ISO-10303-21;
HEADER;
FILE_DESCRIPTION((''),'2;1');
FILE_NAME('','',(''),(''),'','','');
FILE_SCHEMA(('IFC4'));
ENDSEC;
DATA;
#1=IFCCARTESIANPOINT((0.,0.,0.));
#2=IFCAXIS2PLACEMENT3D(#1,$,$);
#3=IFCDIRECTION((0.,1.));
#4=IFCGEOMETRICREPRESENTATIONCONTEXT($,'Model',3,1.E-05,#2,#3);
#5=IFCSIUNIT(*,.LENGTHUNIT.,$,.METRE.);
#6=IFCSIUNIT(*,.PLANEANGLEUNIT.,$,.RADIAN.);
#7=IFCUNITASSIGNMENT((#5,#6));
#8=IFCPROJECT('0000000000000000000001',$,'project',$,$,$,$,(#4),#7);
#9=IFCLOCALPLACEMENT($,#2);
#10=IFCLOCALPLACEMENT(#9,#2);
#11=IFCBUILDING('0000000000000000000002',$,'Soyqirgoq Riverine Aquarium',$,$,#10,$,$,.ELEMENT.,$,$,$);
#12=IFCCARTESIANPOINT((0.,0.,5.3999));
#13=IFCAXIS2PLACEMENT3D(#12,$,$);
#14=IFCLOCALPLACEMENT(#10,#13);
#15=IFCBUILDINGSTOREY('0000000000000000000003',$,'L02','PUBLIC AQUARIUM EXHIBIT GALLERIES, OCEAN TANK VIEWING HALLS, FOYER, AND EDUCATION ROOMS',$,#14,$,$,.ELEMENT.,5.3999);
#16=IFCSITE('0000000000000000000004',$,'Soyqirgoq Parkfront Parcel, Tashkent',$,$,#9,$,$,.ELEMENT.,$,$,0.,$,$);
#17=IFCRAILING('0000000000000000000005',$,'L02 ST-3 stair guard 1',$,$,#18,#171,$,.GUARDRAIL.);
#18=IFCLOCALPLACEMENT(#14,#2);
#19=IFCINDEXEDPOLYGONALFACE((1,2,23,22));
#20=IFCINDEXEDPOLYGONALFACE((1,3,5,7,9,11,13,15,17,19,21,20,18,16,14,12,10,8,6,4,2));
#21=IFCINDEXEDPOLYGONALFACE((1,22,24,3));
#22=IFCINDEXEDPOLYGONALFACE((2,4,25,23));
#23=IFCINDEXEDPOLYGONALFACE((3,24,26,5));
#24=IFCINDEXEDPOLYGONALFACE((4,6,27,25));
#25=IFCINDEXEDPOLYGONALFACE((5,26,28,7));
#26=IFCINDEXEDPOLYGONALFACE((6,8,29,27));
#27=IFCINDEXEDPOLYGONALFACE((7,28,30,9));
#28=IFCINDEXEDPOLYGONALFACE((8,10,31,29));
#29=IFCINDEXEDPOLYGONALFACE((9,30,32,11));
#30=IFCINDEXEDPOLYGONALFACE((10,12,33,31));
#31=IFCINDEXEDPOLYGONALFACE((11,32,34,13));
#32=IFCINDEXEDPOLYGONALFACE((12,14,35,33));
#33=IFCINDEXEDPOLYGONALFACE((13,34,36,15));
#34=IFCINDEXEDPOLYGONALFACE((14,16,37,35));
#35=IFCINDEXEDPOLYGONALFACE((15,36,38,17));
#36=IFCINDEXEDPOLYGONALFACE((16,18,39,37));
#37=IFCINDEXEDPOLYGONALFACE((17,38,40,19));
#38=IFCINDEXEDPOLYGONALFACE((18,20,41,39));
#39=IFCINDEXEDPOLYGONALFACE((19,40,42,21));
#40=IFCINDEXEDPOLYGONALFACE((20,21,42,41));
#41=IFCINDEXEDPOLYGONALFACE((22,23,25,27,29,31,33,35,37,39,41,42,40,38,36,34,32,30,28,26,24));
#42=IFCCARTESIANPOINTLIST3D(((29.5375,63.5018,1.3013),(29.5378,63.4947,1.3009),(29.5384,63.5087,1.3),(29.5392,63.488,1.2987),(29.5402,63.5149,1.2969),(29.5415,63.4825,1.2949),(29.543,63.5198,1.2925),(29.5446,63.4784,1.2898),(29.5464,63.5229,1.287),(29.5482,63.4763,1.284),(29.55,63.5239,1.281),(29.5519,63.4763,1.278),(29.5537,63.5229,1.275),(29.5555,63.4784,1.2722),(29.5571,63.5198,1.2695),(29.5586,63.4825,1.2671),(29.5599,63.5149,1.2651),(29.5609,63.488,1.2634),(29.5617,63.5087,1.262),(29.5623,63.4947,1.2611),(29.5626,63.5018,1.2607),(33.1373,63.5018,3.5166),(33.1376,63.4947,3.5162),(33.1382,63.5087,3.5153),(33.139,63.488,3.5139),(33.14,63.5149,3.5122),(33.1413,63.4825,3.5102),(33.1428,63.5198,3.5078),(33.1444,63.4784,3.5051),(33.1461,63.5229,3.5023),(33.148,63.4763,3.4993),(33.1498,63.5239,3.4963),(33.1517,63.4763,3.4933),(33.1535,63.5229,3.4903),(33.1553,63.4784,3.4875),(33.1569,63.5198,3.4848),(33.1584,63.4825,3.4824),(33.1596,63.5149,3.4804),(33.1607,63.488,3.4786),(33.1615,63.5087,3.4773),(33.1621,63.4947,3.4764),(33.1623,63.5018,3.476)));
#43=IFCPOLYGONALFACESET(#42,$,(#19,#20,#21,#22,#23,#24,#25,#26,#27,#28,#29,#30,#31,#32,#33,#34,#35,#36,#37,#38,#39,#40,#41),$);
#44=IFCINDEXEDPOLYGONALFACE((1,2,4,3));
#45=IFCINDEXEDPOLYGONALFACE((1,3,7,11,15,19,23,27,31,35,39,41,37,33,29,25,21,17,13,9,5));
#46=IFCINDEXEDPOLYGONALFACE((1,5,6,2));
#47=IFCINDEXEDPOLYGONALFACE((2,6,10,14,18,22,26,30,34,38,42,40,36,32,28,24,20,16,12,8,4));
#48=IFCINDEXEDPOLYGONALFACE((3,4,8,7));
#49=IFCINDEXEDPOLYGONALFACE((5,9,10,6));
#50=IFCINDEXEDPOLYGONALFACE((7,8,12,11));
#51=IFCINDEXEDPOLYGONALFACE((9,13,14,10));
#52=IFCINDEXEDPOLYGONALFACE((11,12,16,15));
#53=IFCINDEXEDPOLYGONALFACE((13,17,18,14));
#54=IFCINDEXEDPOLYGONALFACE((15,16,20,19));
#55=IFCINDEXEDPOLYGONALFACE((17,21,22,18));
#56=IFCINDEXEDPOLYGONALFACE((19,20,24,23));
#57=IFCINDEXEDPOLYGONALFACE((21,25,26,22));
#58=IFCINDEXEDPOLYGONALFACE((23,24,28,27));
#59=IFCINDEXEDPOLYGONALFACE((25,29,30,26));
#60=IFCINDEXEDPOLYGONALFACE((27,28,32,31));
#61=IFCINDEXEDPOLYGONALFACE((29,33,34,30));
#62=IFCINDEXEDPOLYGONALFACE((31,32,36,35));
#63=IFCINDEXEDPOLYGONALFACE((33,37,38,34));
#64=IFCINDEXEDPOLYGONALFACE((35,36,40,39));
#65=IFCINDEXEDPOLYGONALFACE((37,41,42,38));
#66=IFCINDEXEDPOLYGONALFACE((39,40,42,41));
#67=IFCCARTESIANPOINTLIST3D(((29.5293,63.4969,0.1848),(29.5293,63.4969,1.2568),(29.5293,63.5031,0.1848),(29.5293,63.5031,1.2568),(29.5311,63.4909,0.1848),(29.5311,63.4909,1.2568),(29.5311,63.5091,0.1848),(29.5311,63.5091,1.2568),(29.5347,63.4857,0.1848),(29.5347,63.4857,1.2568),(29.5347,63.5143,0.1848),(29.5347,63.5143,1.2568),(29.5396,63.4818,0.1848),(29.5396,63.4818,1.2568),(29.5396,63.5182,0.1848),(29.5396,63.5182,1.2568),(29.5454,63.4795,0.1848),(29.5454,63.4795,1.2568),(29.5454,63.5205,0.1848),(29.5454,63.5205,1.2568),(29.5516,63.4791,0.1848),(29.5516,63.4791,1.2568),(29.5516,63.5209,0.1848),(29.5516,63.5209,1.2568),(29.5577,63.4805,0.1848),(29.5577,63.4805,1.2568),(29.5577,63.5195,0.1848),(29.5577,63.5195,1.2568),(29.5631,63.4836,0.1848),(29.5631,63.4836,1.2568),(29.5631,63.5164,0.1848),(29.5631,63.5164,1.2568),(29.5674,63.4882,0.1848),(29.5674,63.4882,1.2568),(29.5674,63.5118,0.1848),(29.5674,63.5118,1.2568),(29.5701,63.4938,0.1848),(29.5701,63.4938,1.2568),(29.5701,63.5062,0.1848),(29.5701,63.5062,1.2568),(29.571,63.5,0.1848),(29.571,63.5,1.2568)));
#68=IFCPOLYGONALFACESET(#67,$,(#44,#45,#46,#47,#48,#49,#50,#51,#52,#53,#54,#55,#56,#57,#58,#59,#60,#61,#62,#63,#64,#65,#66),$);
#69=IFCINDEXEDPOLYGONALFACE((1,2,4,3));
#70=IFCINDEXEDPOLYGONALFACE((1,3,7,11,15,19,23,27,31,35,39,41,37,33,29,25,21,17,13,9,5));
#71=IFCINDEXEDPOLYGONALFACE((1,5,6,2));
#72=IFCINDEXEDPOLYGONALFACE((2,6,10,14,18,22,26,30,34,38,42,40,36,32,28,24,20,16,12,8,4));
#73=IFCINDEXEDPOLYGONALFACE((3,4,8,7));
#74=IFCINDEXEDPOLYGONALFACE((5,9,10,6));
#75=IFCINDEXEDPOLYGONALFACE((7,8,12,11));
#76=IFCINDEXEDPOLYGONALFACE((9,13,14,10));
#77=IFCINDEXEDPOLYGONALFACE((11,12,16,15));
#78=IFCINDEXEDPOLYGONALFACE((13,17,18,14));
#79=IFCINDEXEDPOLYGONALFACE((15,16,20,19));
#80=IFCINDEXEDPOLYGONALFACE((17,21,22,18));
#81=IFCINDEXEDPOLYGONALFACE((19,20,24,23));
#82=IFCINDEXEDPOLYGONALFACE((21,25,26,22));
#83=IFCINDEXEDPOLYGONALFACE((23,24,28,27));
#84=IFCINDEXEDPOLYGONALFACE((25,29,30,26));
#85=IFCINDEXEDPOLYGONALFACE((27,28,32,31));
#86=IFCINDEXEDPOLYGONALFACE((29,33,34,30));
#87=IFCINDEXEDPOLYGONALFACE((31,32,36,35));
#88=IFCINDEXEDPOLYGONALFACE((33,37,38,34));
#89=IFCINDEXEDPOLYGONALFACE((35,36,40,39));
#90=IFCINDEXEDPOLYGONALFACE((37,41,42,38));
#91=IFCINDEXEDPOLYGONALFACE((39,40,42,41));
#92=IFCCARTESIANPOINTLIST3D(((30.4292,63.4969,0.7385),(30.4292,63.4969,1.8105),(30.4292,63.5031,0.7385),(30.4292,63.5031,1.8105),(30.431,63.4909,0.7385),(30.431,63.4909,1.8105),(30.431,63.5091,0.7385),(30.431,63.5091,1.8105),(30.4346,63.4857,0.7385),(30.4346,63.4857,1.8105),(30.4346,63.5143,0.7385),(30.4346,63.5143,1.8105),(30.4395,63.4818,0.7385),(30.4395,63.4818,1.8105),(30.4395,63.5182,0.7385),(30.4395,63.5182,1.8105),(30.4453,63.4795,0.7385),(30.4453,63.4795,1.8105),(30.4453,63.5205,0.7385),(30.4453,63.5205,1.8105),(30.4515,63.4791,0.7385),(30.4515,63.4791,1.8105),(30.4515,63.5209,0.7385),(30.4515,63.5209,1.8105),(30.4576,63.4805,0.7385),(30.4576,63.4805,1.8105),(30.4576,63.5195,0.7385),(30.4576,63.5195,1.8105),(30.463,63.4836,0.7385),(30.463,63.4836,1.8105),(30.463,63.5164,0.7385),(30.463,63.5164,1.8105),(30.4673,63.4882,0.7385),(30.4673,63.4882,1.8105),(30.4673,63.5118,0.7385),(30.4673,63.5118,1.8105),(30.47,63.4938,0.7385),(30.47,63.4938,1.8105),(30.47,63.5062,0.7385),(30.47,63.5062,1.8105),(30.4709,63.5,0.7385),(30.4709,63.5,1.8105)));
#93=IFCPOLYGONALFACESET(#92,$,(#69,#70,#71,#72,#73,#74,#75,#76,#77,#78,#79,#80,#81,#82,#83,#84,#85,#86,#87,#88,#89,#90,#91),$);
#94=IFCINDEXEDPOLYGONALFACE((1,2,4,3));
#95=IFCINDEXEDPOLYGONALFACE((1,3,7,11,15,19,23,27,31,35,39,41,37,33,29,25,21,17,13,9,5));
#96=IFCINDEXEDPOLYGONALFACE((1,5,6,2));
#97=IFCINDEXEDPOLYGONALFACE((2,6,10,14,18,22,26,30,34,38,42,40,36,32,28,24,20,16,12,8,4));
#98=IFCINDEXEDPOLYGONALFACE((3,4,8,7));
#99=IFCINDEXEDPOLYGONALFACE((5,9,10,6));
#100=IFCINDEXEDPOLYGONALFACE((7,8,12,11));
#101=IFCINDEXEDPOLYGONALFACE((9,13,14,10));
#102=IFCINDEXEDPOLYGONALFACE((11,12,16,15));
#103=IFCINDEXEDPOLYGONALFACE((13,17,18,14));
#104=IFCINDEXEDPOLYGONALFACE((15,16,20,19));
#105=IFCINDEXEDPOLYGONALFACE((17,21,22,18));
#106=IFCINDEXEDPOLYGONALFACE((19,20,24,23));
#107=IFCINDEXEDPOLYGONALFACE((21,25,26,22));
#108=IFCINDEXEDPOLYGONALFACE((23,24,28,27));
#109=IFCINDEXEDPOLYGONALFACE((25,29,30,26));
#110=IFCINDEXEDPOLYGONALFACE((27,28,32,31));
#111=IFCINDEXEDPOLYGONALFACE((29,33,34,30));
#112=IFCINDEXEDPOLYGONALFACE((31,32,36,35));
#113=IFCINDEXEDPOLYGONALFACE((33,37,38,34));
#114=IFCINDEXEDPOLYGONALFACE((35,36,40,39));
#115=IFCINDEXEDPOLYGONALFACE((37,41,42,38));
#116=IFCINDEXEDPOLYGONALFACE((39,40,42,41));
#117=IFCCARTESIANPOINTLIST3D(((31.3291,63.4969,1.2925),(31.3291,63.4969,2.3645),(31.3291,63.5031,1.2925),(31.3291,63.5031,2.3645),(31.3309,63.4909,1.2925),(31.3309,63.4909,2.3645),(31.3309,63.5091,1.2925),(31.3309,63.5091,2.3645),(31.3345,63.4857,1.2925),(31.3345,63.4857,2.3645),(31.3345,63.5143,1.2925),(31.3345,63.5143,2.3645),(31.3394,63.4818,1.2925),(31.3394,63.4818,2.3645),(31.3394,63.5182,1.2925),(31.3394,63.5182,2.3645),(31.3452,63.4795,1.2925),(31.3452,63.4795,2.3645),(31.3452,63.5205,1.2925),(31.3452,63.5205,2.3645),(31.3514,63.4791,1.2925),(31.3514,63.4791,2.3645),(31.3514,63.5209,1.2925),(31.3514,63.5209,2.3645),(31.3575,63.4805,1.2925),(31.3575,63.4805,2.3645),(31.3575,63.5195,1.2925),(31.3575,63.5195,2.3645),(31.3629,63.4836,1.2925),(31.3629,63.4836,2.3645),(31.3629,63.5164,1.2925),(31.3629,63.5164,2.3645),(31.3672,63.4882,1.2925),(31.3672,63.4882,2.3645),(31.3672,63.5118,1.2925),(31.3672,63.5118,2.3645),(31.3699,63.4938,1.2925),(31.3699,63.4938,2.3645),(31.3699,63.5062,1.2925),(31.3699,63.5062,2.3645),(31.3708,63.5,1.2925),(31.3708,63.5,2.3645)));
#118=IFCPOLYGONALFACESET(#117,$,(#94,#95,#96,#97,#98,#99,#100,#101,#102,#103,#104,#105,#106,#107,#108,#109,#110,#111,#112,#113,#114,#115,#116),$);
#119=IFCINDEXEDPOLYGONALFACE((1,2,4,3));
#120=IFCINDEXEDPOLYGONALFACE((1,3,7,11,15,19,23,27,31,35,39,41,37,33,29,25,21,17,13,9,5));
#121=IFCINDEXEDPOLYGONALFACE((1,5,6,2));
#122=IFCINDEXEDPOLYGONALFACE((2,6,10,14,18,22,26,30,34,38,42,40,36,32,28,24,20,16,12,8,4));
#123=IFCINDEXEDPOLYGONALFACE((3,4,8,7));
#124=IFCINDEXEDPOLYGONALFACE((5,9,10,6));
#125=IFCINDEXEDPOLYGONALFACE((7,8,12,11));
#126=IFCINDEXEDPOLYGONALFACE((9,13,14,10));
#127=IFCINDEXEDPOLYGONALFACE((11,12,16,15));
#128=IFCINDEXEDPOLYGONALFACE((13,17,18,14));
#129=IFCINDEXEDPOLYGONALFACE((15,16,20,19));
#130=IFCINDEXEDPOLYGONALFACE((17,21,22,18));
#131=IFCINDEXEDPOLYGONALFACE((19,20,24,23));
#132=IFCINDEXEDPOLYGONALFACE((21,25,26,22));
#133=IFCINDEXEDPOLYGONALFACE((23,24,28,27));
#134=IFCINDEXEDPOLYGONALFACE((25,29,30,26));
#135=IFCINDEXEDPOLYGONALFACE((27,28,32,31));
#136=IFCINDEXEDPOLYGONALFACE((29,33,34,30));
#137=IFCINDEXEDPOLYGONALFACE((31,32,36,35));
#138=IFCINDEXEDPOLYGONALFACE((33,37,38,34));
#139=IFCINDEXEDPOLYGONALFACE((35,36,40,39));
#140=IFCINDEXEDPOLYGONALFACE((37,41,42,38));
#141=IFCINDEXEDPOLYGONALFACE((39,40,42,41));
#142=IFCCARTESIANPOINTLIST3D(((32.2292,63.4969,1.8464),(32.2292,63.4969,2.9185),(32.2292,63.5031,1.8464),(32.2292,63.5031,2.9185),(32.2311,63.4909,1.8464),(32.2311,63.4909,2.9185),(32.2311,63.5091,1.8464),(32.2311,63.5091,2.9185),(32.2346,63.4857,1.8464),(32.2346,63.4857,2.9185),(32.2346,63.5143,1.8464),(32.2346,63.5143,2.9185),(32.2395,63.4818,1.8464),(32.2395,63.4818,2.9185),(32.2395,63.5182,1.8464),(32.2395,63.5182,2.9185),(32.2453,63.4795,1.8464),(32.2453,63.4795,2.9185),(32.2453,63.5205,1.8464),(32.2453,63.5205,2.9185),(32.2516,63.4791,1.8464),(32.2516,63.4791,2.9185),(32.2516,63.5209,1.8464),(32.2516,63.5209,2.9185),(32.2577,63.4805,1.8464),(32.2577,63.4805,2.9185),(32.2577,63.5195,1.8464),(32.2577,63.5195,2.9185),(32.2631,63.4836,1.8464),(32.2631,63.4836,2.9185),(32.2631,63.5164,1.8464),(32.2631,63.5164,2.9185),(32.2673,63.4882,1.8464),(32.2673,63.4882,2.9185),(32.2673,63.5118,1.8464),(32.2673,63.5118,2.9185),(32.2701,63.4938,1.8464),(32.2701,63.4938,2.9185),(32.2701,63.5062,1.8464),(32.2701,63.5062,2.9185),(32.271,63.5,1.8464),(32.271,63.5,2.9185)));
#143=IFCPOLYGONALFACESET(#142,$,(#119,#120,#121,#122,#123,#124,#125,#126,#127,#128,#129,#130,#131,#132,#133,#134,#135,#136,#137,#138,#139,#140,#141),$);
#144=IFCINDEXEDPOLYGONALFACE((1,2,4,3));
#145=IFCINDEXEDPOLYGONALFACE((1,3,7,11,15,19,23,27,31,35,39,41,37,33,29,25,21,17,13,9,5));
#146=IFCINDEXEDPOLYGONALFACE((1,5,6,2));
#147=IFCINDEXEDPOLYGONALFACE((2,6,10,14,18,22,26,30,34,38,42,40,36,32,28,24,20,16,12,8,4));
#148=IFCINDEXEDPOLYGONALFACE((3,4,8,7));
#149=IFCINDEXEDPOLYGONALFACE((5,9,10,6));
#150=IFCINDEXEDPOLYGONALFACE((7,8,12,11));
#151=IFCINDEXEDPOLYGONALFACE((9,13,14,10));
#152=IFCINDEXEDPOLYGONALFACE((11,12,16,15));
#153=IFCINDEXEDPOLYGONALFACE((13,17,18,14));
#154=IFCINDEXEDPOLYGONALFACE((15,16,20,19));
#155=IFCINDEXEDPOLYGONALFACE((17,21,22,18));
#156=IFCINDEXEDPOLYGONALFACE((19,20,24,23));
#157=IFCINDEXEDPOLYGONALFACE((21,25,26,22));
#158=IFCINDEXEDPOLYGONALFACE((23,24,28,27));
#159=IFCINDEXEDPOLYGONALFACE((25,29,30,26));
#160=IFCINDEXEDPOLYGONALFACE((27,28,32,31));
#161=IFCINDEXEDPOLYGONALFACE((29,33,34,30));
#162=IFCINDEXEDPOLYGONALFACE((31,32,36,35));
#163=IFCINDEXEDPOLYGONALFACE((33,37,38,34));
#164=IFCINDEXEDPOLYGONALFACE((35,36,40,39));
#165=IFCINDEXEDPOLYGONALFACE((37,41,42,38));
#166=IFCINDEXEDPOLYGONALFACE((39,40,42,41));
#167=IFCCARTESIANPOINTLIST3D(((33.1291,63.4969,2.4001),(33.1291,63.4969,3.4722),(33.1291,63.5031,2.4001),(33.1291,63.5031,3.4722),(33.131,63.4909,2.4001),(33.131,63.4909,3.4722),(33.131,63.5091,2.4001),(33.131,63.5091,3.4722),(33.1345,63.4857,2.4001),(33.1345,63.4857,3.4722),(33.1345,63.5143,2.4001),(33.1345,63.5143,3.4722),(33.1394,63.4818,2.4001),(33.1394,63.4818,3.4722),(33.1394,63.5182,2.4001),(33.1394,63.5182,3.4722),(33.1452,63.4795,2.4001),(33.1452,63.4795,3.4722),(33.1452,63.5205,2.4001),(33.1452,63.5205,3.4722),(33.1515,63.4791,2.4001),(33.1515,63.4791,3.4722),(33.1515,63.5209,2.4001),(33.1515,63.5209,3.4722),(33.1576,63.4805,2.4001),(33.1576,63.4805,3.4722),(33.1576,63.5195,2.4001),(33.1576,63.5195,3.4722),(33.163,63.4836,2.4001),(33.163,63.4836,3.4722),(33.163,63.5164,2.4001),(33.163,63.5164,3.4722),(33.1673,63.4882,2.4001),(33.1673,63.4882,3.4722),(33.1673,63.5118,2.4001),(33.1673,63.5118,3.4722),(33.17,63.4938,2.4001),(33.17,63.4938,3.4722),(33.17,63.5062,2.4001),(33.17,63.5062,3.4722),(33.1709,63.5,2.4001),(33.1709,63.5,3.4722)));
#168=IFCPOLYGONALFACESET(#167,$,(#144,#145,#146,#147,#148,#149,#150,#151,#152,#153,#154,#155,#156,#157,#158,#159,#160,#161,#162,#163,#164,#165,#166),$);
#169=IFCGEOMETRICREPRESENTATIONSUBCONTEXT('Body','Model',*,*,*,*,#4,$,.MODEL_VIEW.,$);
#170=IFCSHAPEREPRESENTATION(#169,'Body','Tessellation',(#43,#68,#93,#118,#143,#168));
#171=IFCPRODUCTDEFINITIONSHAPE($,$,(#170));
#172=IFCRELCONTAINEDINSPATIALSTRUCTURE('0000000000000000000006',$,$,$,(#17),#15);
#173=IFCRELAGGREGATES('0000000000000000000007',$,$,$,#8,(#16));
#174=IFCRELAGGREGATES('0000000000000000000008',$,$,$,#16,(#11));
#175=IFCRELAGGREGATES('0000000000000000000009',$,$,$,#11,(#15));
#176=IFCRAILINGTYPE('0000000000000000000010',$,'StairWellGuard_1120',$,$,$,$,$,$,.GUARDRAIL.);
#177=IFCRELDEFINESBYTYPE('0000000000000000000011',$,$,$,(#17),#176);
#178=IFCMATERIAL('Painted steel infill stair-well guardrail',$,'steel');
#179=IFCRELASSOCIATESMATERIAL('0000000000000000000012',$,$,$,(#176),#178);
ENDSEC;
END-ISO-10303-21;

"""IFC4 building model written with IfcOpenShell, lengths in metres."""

from ifc_helpers import new_model, si_unit, direction, frame, origin, origin_2d, place, context, subcontext, project, spatial, circle, extrude, material, type_object, element, save


model = new_model("IFC4")

# Units and contexts
model_context = context("Model", 3, precision=1e-05, world=origin(), true_north=direction((0.0, 1.0)))
body_context = subcontext(model_context, "Body", "Model", "MODEL_VIEW")
ifc_project = project(units=[si_unit("LENGTHUNIT", "METRE"), si_unit("PLANEANGLEUNIT", "RADIAN")], contexts=[model_context])

# Site, building, storey
site_placement = place(None, origin())
site = spatial("IfcSite", under=ifc_project, at=site_placement, Name="Soyqirgoq Parkfront Parcel, Tashkent", CompositionType="ELEMENT", RefElevation=0.0)
building_placement = place(site_placement, origin())
building = spatial("IfcBuilding", under=site, at=building_placement, Name="Soyqirgoq Riverine Aquarium", CompositionType="ELEMENT")
storey_placement = place(building_placement, frame((0.0, 0.0, 5.3999)))
storey = spatial("IfcBuildingStorey", under=building, at=storey_placement, Name="L02", Description="PUBLIC AQUARIUM EXHIBIT GALLERIES, OCEAN TANK VIEWING HALLS, FOYER, AND EDUCATION ROOMS", CompositionType="ELEMENT", Elevation=5.3999)

# Railing
ifc_material_1 = material(Name="Painted steel infill stair-well guardrail", Category="steel")
railing_type_1 = type_object("IfcRailingType", Name="StairWellGuard_1120", PredefinedType="GUARDRAIL", material=ifc_material_1)
railing_1_placement = place(storey_placement, frame((29.55, 63.5, 0.1848)))
element("IfcRailing", 1, at=railing_1_placement, inside=storey, type_object=railing_type_1, Name="L02 ST-3 stair guard 1", PredefinedType="GUARDRAIL", context=body_context, shape_type="SweptSolid", body=[
    extrude(circle(Radius=0.0239, at=origin_2d()), frame((0.0, 0.0, 1.0962), z_axis=(0.851654, 0.0, 0.524104), x_axis=(0.0, 1.0, 0.0)), (0.0, 0.0, 1.0), 4.2268),
    extrude(circle(Radius=0.021, at=origin_2d()), origin(), (0.0, 0.0, 1.0), 1.072),
    extrude(circle(Radius=0.021, at=origin_2d()), frame((0.8999, 0.0, 0.5537)), (0.0, 0.0, 1.0), 1.072),
    extrude(circle(Radius=0.021, at=origin_2d()), frame((1.7998, 0.0, 1.1077)), (0.0, 0.0, 1.0), 1.072),
    extrude(circle(Radius=0.021, at=origin_2d()), frame((2.7, 0.0, 1.6616)), (0.0, 0.0, 1.0), 1.072),
    extrude(circle(Radius=0.021, at=origin_2d()), frame((3.5999, 0.0, 2.2153)), (0.0, 0.0, 1.0), 1.072),
])

save(model, "model.ifc")
